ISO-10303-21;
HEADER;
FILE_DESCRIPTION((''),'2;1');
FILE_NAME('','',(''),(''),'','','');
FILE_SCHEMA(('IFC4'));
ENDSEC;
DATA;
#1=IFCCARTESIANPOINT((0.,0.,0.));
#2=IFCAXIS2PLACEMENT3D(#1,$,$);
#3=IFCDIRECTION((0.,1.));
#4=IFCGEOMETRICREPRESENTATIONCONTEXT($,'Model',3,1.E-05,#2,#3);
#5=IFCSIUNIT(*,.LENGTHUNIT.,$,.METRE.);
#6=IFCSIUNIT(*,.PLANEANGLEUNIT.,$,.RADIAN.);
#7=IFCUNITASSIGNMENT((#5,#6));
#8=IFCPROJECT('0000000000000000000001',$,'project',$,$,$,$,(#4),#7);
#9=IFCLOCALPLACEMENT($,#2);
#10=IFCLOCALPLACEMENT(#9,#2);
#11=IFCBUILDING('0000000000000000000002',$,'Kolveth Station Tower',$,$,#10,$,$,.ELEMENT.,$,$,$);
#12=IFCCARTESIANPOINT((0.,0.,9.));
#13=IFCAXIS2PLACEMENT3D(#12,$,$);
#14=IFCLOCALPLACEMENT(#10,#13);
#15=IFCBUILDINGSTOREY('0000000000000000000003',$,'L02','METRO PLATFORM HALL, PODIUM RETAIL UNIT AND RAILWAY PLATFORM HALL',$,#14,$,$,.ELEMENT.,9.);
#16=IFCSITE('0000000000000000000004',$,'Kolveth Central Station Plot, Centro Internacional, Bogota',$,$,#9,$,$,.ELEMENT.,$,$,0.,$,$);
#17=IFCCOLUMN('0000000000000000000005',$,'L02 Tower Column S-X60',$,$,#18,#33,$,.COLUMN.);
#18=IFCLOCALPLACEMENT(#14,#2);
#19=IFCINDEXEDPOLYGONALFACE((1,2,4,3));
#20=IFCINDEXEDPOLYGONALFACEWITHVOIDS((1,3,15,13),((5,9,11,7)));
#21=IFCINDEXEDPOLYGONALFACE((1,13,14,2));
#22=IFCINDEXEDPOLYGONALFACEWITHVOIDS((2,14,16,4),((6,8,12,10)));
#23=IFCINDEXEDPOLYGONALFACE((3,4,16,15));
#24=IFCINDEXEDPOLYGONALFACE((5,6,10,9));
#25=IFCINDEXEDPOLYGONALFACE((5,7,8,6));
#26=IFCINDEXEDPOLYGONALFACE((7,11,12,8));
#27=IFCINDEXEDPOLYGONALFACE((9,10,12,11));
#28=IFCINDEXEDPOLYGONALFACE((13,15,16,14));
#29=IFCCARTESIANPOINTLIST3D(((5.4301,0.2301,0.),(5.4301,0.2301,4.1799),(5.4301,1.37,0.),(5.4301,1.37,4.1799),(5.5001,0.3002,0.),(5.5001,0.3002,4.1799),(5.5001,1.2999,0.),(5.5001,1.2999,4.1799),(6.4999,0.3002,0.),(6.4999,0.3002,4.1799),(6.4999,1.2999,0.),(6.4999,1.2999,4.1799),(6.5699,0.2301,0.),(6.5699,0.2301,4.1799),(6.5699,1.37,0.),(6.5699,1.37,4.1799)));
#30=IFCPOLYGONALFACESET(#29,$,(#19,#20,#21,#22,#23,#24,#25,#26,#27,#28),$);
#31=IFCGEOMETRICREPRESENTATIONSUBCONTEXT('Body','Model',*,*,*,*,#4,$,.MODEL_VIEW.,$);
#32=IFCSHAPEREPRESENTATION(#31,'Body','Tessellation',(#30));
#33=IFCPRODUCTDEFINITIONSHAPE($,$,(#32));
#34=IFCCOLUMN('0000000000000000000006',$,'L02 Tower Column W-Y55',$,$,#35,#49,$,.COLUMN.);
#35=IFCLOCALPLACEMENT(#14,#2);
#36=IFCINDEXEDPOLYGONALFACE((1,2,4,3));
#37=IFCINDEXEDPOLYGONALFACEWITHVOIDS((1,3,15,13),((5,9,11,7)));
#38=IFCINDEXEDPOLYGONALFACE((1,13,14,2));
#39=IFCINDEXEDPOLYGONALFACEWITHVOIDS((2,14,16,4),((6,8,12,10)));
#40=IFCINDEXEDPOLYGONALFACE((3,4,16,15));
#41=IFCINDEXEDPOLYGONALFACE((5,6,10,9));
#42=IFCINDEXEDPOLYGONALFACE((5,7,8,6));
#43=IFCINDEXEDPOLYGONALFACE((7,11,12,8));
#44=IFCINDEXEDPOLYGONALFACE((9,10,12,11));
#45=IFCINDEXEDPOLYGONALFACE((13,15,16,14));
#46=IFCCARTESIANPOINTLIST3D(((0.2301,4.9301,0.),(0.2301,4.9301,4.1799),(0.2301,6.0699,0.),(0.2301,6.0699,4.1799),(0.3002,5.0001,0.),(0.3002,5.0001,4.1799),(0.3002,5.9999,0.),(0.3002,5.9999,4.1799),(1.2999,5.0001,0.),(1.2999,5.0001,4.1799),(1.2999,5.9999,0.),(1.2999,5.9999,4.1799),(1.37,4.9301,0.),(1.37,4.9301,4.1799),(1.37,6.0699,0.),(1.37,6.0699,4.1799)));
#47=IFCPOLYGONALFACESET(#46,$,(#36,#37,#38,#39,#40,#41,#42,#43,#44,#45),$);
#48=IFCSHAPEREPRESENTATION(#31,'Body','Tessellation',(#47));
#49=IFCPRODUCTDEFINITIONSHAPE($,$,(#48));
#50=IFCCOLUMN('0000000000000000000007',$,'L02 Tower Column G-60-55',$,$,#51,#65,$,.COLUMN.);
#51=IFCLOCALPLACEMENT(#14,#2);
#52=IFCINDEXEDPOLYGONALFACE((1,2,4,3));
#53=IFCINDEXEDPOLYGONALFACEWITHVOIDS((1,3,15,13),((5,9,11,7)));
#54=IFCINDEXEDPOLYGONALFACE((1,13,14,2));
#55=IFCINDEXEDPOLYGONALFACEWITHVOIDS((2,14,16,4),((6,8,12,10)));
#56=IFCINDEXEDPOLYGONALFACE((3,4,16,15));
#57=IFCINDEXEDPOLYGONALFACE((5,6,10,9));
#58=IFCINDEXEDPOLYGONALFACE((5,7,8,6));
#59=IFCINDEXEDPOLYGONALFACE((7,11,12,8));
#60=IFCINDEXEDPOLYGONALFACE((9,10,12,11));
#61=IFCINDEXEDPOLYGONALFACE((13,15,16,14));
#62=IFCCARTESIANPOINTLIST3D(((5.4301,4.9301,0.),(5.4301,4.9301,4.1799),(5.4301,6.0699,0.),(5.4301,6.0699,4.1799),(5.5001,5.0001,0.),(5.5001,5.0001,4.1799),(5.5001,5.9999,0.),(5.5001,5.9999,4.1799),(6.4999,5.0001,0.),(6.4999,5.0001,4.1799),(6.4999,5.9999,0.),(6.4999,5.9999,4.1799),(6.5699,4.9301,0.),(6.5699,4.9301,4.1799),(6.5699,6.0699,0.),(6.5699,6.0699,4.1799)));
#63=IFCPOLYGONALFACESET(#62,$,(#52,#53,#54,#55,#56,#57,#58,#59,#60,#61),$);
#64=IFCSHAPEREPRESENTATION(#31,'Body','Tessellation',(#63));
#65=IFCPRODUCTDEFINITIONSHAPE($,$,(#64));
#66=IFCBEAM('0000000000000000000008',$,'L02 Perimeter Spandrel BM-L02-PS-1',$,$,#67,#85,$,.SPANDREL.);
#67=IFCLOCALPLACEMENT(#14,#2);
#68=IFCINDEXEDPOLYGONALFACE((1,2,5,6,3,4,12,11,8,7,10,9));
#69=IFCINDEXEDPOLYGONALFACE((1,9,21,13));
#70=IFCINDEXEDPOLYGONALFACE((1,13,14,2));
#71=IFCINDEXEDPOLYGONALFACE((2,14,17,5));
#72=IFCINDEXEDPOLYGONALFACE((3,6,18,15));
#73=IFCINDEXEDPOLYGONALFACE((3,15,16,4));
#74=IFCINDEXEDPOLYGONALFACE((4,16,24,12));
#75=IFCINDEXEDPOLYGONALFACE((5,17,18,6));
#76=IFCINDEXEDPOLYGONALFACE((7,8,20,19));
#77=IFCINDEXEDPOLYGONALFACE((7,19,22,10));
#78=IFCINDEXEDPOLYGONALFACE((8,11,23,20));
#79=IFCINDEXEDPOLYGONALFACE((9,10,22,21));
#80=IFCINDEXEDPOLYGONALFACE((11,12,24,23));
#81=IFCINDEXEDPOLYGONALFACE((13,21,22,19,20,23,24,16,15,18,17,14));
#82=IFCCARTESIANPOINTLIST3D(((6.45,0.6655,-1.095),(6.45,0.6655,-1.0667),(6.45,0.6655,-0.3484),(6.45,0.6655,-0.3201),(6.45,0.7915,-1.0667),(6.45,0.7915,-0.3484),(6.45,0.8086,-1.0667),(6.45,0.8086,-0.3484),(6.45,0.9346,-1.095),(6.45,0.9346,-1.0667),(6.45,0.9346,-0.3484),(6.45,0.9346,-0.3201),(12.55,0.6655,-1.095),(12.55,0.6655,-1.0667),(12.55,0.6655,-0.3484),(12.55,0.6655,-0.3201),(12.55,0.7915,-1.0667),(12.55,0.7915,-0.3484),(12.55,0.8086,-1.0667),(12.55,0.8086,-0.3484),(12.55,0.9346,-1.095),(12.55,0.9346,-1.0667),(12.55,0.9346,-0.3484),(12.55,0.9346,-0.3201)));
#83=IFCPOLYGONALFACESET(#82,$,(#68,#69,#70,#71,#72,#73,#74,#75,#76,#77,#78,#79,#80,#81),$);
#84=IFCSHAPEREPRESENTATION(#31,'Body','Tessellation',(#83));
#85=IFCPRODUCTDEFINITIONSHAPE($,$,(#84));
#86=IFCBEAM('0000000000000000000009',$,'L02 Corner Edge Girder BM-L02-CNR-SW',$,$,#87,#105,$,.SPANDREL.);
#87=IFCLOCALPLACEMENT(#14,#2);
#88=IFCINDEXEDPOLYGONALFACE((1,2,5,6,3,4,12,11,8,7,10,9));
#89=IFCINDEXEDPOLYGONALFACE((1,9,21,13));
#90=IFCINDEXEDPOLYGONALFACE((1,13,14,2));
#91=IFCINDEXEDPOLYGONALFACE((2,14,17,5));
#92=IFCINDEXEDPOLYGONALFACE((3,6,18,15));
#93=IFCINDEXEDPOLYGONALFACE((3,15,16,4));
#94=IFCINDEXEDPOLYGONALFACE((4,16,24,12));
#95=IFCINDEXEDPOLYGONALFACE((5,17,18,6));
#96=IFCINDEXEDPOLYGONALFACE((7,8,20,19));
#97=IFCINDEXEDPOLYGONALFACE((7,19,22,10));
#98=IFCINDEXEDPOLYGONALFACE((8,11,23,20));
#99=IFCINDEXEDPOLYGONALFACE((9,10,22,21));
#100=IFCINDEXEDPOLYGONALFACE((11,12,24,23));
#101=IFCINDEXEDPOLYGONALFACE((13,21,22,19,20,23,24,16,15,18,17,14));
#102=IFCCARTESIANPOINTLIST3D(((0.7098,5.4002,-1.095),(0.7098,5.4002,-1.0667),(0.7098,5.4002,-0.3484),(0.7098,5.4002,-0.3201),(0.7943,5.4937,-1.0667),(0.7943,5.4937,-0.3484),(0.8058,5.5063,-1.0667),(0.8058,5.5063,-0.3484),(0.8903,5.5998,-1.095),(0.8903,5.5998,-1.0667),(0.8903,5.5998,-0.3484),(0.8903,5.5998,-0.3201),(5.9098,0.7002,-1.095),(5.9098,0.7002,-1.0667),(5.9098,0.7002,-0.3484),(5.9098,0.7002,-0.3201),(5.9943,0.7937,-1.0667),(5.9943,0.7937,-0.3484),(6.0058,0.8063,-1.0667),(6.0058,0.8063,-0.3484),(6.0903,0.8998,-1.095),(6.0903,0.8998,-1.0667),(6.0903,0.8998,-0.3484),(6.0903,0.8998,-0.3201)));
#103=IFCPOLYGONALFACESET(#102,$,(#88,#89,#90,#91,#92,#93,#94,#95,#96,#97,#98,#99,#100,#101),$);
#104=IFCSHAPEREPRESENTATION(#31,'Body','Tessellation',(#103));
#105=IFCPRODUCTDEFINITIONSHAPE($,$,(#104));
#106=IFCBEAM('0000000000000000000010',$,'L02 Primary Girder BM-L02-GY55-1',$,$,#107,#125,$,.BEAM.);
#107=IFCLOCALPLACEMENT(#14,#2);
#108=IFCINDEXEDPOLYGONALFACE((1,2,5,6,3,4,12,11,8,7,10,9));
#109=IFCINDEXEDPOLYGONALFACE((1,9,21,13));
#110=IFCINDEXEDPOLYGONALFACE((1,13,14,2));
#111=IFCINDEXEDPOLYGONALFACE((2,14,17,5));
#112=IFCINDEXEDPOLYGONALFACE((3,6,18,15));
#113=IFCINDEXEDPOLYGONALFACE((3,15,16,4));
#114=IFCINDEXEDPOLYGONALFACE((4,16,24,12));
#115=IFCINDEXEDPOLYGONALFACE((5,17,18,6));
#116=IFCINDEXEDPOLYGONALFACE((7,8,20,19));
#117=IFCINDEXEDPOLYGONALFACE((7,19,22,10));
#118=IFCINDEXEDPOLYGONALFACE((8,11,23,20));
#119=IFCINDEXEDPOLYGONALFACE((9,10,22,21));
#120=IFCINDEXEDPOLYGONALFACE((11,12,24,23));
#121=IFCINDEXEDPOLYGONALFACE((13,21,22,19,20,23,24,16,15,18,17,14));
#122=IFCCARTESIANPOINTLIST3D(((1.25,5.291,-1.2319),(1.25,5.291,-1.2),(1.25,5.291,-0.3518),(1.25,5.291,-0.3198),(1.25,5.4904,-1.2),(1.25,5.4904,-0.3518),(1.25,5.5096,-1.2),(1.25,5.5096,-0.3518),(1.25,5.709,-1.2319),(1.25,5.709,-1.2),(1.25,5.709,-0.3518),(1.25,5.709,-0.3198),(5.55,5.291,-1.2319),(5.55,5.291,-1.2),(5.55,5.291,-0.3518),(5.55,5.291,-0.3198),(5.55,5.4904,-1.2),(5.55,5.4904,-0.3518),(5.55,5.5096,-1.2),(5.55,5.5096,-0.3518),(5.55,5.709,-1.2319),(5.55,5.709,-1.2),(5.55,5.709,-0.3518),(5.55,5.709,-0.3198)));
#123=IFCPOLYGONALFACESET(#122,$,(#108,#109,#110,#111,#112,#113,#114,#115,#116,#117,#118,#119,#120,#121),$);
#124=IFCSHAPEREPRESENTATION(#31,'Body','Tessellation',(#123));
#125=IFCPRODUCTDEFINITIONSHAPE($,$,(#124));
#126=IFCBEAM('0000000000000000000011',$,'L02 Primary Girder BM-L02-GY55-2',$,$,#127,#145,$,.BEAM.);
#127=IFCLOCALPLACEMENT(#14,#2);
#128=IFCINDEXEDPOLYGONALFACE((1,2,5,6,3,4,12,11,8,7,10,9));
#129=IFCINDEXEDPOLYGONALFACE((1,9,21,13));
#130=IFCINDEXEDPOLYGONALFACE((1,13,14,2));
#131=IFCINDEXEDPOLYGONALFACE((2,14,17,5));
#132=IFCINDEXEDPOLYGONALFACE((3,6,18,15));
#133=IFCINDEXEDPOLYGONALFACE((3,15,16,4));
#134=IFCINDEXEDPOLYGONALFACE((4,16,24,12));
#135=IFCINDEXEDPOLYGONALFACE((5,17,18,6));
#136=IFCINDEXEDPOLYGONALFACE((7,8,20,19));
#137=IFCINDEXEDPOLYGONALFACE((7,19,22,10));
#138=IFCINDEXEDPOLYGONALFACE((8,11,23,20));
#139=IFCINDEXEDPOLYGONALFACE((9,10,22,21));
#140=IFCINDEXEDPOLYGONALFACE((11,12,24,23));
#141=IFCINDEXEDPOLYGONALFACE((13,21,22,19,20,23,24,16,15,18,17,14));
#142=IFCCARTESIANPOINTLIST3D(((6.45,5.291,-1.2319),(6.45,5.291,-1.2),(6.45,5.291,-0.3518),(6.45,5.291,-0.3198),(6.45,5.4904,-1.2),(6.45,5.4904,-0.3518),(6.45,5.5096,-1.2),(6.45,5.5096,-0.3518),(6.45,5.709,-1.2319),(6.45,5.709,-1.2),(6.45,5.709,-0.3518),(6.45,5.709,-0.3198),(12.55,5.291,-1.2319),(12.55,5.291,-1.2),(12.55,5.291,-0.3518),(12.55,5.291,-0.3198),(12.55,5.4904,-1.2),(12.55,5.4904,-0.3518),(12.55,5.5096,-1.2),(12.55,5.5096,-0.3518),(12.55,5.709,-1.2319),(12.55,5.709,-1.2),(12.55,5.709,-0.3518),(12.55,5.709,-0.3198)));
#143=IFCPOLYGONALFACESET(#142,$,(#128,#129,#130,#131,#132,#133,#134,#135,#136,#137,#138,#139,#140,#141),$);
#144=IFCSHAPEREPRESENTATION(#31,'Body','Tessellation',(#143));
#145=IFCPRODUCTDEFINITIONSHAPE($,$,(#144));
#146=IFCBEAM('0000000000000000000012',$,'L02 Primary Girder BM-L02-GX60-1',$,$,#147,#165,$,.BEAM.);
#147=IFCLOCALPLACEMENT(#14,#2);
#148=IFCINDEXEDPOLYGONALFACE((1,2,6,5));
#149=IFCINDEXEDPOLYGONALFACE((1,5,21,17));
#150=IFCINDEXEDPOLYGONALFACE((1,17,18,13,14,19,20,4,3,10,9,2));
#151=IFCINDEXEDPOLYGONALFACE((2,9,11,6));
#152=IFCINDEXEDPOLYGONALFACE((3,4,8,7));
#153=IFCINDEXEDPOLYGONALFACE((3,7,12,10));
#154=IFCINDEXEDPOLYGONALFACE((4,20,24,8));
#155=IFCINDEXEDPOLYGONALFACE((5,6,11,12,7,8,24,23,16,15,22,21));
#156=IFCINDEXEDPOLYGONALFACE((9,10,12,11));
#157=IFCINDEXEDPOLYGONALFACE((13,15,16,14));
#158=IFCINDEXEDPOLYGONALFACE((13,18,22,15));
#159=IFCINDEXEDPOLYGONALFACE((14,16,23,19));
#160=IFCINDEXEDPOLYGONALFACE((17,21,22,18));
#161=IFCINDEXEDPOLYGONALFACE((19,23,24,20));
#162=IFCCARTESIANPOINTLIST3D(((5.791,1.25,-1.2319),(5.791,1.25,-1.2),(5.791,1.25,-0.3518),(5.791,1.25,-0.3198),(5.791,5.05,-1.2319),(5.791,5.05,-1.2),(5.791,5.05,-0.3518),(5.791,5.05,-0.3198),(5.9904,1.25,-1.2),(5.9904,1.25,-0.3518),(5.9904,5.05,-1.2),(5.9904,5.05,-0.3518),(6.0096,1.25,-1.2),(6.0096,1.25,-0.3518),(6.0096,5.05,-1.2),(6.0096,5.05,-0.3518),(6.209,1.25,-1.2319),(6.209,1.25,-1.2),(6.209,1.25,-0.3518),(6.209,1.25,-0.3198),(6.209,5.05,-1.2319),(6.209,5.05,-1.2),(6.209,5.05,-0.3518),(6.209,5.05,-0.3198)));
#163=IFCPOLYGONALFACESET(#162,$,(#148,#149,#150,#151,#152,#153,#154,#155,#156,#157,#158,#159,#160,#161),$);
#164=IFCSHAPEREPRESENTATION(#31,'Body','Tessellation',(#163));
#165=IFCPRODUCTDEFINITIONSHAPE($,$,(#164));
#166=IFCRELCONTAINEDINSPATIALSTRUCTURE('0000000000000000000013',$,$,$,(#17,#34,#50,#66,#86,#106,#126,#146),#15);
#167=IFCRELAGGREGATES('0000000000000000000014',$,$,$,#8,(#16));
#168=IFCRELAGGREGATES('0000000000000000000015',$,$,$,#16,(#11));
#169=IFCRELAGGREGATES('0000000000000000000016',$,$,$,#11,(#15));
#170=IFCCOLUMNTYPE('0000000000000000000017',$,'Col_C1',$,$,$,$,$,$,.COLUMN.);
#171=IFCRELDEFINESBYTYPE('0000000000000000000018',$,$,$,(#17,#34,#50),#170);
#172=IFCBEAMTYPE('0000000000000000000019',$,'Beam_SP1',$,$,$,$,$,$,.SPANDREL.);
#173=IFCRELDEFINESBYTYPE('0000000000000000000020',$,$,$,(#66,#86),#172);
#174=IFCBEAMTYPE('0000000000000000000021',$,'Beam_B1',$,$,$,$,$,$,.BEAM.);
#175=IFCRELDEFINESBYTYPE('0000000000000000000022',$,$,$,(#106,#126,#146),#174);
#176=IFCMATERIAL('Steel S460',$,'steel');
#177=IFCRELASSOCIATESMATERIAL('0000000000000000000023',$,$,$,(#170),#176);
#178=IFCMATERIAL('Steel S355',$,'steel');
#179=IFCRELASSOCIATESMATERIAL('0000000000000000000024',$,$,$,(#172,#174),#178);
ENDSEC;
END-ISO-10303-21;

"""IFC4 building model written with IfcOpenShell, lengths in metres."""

from ifc_helpers import new_model, si_unit, direction, frame, origin, origin_2d, place, context, subcontext, project, spatial, hollow_rectangle, i_section, extrude, source, transform, mapped, material, material_profile, profile_set, type_object, element, save


model = new_model("IFC4")

# Units and contexts
model_context = context("Model", 3, precision=1e-05, world=origin(), true_north=direction((0.0, 1.0)))
body_context = subcontext(model_context, "Body", "Model", "MODEL_VIEW")
ifc_project = project(units=[si_unit("LENGTHUNIT", "METRE"), si_unit("PLANEANGLEUNIT", "RADIAN")], contexts=[model_context])

# Site, building, storey
site_placement = place(None, origin())
site = spatial("IfcSite", under=ifc_project, at=site_placement, Name="Kolveth Central Station Plot, Centro Internacional, Bogota", CompositionType="ELEMENT", RefElevation=0.0)
building_placement = place(site_placement, origin())
building = spatial("IfcBuilding", under=site, at=building_placement, Name="Kolveth Station Tower", CompositionType="ELEMENT")
storey_placement = place(building_placement, frame((0.0, 0.0, 9.0)))
storey = spatial("IfcBuildingStorey", under=building, at=storey_placement, Name="L02", Description="METRO PLATFORM HALL, PODIUM RETAIL UNIT AND RAILWAY PLATFORM HALL", CompositionType="ELEMENT", Elevation=9.0)

# Columns
ifc_material_1 = material(Name="Steel S460", Category="steel")
ifc_material_profile_1 = material_profile(ifc_material_1, hollow_rectangle(XDim=1.1399, YDim=1.1399, WallThickness=0.0701, at=origin_2d()), Name="BOX1140x1140x70")
ifc_profile_set_1 = profile_set([ifc_material_profile_1], Name="Steel S460")
column_type = type_object("IfcColumnType", Name="Col_C1", PredefinedType="COLUMN", material=ifc_profile_set_1)
shared_shape_1 = source(origin(), body_context, "Body", "SweptSolid", [
    extrude(hollow_rectangle(XDim=1.1399, YDim=1.1399, WallThickness=0.0701, at=origin_2d()), origin(), (0.0, 0.0, 1.0), 4.1799),
])
for number, where, z_axis, x_axis, name in (
    (1, (6.0, 0.8, 0.0), (0.0, 0.0, 1.0), (1.0, 0.0, 0.0), "L02 Tower Column S-X60"),
    (2, (0.8, 5.5, 0.0), (0.0, 0.0, 1.0), (1.0, 0.0, 0.0), "L02 Tower Column W-Y55"),
    (3, (6.0, 5.5, 0.0), (0.0, 0.0, 1.0), (1.0, 0.0, 0.0), "L02 Tower Column G-60-55"),
):
    element("IfcColumn", number, at=place(storey_placement, frame(where, z_axis=z_axis, x_axis=x_axis)), inside=storey, type_object=column_type, Name=name, PredefinedType="COLUMN", context=body_context, shape_type="MappedRepresentation", body=[
        mapped(shared_shape_1, transform((0.0, 0.0, 0.0), x_axis=(1.0, 0.0, 0.0), y_axis=(0.0, 1.0, 0.0), z_axis=(0.0, 0.0, 1.0), scale=1.0)),
    ])

# Beams
ifc_material_2 = material(Name="Steel S355", Category="steel")
ifc_material_profile_2 = material_profile(ifc_material_2, i_section(OverallWidth=0.269, OverallDepth=0.7749, WebThickness=0.0171, FlangeThickness=0.0283, at=origin_2d()), Name="W760x220")
ifc_profile_set_2 = profile_set([ifc_material_profile_2], Name="Steel S355")
beam_type_1 = type_object("IfcBeamType", Name="Beam_SP1", PredefinedType="SPANDREL", material=ifc_profile_set_2)
shared_shape_2 = source(origin(), body_context, "Body", "SweptSolid", [
    extrude(i_section(OverallWidth=0.269, OverallDepth=0.7749, WebThickness=0.0171, FlangeThickness=0.0283, at=origin_2d()), origin(), (0.0, 0.0, 1.0), 6.1001),
])
beam_1_placement = place(storey_placement, frame((6.45, 0.8, -0.7075), z_axis=(1.0, 0.0, 0.0), x_axis=(0.0, 1.0, 0.0)))
element("IfcBeam", 4, at=beam_1_placement, inside=storey, type_object=beam_type_1, Name="L02 Perimeter Spandrel BM-L02-PS-1", PredefinedType="SPANDREL", context=body_context, shape_type="MappedRepresentation", body=[
    mapped(shared_shape_2, transform((0.0, 0.0, 0.0), x_axis=(1.0, 0.0, 0.0), y_axis=(0.0, 1.0, 0.0), z_axis=(0.0, 0.0, 1.0), scale=1.0)),
])
shared_shape_3 = source(origin(), body_context, "Body", "SweptSolid", [
    extrude(i_section(OverallWidth=0.269, OverallDepth=0.7749, WebThickness=0.0171, FlangeThickness=0.0283, at=origin_2d()), origin(), (0.0, 0.0, 1.0), 7.0093),
])
beam_2_placement = place(storey_placement, frame((0.8, 5.5, -0.7075), z_axis=(0.741874, -0.670539, 0.0), x_axis=(0.670539, 0.741874, 0.0)))
element("IfcBeam", 5, at=beam_2_placement, inside=storey, type_object=beam_type_1, Name="L02 Corner Edge Girder BM-L02-CNR-SW", PredefinedType="SPANDREL", context=body_context, shape_type="MappedRepresentation", body=[
    mapped(shared_shape_3, transform((0.0, 0.0, 0.0), x_axis=(1.0, 0.0, 0.0), y_axis=(0.0, 1.0, 0.0), z_axis=(0.0, 0.0, 1.0), scale=1.0)),
])
ifc_material_profile_3 = material_profile(ifc_material_2, i_section(OverallWidth=0.418, OverallDepth=0.9121, WebThickness=0.0193, FlangeThickness=0.032, at=origin_2d()), Name="W920x342")
ifc_profile_set_3 = profile_set([ifc_material_profile_3], Name="Steel S355")
beam_type_2 = type_object("IfcBeamType", Name="Beam_B1", PredefinedType="BEAM", material=ifc_profile_set_3)
shared_shape_4 = source(origin(), body_context, "Body", "SweptSolid", [
    extrude(i_section(OverallWidth=0.418, OverallDepth=0.9121, WebThickness=0.0193, FlangeThickness=0.032, at=origin_2d()), origin(), (0.0, 0.0, 1.0), 4.3),
])
beam_3_placement = place(storey_placement, frame((1.25, 5.5, -0.7759), z_axis=(1.0, 0.0, 0.0), x_axis=(0.0, 1.0, 0.0)))
element("IfcBeam", 6, at=beam_3_placement, inside=storey, type_object=beam_type_2, Name="L02 Primary Girder BM-L02-GY55-1", PredefinedType="BEAM", context=body_context, shape_type="MappedRepresentation", body=[
    mapped(shared_shape_4, transform((0.0, 0.0, 0.0), x_axis=(1.0, 0.0, 0.0), y_axis=(0.0, 1.0, 0.0), z_axis=(0.0, 0.0, 1.0), scale=1.0)),
])
shared_shape_5 = source(origin(), body_context, "Body", "SweptSolid", [
    extrude(i_section(OverallWidth=0.418, OverallDepth=0.9121, WebThickness=0.0193, FlangeThickness=0.032, at=origin_2d()), origin(), (0.0, 0.0, 1.0), 6.1001),
])
beam_4_placement = place(storey_placement, frame((6.45, 5.5, -0.7759), z_axis=(1.0, 0.0, 0.0), x_axis=(0.0, 1.0, 0.0)))
element("IfcBeam", 7, at=beam_4_placement, inside=storey, type_object=beam_type_2, Name="L02 Primary Girder BM-L02-GY55-2", PredefinedType="BEAM", context=body_context, shape_type="MappedRepresentation", body=[
    mapped(shared_shape_5, transform((0.0, 0.0, 0.0), x_axis=(1.0, 0.0, 0.0), y_axis=(0.0, 1.0, 0.0), z_axis=(0.0, 0.0, 1.0), scale=1.0)),
])
shared_shape_6 = source(origin(), body_context, "Body", "SweptSolid", [
    extrude(i_section(OverallWidth=0.418, OverallDepth=0.9121, WebThickness=0.0193, FlangeThickness=0.032, at=origin_2d()), origin(), (0.0, 0.0, 1.0), 3.8),
])
beam_5_placement = place(storey_placement, frame((6.0, 1.25, -0.7759), z_axis=(0.0, 1.0, 0.0), x_axis=(-1.0, 0.0, 0.0)))
element("IfcBeam", 8, at=beam_5_placement, inside=storey, type_object=beam_type_2, Name="L02 Primary Girder BM-L02-GX60-1", PredefinedType="BEAM", context=body_context, shape_type="MappedRepresentation", body=[
    mapped(shared_shape_6, transform((0.0, 0.0, 0.0), x_axis=(1.0, 0.0, 0.0), y_axis=(0.0, 1.0, 0.0), z_axis=(0.0, 0.0, 1.0), scale=1.0)),
])

save(model, "model.ifc")
